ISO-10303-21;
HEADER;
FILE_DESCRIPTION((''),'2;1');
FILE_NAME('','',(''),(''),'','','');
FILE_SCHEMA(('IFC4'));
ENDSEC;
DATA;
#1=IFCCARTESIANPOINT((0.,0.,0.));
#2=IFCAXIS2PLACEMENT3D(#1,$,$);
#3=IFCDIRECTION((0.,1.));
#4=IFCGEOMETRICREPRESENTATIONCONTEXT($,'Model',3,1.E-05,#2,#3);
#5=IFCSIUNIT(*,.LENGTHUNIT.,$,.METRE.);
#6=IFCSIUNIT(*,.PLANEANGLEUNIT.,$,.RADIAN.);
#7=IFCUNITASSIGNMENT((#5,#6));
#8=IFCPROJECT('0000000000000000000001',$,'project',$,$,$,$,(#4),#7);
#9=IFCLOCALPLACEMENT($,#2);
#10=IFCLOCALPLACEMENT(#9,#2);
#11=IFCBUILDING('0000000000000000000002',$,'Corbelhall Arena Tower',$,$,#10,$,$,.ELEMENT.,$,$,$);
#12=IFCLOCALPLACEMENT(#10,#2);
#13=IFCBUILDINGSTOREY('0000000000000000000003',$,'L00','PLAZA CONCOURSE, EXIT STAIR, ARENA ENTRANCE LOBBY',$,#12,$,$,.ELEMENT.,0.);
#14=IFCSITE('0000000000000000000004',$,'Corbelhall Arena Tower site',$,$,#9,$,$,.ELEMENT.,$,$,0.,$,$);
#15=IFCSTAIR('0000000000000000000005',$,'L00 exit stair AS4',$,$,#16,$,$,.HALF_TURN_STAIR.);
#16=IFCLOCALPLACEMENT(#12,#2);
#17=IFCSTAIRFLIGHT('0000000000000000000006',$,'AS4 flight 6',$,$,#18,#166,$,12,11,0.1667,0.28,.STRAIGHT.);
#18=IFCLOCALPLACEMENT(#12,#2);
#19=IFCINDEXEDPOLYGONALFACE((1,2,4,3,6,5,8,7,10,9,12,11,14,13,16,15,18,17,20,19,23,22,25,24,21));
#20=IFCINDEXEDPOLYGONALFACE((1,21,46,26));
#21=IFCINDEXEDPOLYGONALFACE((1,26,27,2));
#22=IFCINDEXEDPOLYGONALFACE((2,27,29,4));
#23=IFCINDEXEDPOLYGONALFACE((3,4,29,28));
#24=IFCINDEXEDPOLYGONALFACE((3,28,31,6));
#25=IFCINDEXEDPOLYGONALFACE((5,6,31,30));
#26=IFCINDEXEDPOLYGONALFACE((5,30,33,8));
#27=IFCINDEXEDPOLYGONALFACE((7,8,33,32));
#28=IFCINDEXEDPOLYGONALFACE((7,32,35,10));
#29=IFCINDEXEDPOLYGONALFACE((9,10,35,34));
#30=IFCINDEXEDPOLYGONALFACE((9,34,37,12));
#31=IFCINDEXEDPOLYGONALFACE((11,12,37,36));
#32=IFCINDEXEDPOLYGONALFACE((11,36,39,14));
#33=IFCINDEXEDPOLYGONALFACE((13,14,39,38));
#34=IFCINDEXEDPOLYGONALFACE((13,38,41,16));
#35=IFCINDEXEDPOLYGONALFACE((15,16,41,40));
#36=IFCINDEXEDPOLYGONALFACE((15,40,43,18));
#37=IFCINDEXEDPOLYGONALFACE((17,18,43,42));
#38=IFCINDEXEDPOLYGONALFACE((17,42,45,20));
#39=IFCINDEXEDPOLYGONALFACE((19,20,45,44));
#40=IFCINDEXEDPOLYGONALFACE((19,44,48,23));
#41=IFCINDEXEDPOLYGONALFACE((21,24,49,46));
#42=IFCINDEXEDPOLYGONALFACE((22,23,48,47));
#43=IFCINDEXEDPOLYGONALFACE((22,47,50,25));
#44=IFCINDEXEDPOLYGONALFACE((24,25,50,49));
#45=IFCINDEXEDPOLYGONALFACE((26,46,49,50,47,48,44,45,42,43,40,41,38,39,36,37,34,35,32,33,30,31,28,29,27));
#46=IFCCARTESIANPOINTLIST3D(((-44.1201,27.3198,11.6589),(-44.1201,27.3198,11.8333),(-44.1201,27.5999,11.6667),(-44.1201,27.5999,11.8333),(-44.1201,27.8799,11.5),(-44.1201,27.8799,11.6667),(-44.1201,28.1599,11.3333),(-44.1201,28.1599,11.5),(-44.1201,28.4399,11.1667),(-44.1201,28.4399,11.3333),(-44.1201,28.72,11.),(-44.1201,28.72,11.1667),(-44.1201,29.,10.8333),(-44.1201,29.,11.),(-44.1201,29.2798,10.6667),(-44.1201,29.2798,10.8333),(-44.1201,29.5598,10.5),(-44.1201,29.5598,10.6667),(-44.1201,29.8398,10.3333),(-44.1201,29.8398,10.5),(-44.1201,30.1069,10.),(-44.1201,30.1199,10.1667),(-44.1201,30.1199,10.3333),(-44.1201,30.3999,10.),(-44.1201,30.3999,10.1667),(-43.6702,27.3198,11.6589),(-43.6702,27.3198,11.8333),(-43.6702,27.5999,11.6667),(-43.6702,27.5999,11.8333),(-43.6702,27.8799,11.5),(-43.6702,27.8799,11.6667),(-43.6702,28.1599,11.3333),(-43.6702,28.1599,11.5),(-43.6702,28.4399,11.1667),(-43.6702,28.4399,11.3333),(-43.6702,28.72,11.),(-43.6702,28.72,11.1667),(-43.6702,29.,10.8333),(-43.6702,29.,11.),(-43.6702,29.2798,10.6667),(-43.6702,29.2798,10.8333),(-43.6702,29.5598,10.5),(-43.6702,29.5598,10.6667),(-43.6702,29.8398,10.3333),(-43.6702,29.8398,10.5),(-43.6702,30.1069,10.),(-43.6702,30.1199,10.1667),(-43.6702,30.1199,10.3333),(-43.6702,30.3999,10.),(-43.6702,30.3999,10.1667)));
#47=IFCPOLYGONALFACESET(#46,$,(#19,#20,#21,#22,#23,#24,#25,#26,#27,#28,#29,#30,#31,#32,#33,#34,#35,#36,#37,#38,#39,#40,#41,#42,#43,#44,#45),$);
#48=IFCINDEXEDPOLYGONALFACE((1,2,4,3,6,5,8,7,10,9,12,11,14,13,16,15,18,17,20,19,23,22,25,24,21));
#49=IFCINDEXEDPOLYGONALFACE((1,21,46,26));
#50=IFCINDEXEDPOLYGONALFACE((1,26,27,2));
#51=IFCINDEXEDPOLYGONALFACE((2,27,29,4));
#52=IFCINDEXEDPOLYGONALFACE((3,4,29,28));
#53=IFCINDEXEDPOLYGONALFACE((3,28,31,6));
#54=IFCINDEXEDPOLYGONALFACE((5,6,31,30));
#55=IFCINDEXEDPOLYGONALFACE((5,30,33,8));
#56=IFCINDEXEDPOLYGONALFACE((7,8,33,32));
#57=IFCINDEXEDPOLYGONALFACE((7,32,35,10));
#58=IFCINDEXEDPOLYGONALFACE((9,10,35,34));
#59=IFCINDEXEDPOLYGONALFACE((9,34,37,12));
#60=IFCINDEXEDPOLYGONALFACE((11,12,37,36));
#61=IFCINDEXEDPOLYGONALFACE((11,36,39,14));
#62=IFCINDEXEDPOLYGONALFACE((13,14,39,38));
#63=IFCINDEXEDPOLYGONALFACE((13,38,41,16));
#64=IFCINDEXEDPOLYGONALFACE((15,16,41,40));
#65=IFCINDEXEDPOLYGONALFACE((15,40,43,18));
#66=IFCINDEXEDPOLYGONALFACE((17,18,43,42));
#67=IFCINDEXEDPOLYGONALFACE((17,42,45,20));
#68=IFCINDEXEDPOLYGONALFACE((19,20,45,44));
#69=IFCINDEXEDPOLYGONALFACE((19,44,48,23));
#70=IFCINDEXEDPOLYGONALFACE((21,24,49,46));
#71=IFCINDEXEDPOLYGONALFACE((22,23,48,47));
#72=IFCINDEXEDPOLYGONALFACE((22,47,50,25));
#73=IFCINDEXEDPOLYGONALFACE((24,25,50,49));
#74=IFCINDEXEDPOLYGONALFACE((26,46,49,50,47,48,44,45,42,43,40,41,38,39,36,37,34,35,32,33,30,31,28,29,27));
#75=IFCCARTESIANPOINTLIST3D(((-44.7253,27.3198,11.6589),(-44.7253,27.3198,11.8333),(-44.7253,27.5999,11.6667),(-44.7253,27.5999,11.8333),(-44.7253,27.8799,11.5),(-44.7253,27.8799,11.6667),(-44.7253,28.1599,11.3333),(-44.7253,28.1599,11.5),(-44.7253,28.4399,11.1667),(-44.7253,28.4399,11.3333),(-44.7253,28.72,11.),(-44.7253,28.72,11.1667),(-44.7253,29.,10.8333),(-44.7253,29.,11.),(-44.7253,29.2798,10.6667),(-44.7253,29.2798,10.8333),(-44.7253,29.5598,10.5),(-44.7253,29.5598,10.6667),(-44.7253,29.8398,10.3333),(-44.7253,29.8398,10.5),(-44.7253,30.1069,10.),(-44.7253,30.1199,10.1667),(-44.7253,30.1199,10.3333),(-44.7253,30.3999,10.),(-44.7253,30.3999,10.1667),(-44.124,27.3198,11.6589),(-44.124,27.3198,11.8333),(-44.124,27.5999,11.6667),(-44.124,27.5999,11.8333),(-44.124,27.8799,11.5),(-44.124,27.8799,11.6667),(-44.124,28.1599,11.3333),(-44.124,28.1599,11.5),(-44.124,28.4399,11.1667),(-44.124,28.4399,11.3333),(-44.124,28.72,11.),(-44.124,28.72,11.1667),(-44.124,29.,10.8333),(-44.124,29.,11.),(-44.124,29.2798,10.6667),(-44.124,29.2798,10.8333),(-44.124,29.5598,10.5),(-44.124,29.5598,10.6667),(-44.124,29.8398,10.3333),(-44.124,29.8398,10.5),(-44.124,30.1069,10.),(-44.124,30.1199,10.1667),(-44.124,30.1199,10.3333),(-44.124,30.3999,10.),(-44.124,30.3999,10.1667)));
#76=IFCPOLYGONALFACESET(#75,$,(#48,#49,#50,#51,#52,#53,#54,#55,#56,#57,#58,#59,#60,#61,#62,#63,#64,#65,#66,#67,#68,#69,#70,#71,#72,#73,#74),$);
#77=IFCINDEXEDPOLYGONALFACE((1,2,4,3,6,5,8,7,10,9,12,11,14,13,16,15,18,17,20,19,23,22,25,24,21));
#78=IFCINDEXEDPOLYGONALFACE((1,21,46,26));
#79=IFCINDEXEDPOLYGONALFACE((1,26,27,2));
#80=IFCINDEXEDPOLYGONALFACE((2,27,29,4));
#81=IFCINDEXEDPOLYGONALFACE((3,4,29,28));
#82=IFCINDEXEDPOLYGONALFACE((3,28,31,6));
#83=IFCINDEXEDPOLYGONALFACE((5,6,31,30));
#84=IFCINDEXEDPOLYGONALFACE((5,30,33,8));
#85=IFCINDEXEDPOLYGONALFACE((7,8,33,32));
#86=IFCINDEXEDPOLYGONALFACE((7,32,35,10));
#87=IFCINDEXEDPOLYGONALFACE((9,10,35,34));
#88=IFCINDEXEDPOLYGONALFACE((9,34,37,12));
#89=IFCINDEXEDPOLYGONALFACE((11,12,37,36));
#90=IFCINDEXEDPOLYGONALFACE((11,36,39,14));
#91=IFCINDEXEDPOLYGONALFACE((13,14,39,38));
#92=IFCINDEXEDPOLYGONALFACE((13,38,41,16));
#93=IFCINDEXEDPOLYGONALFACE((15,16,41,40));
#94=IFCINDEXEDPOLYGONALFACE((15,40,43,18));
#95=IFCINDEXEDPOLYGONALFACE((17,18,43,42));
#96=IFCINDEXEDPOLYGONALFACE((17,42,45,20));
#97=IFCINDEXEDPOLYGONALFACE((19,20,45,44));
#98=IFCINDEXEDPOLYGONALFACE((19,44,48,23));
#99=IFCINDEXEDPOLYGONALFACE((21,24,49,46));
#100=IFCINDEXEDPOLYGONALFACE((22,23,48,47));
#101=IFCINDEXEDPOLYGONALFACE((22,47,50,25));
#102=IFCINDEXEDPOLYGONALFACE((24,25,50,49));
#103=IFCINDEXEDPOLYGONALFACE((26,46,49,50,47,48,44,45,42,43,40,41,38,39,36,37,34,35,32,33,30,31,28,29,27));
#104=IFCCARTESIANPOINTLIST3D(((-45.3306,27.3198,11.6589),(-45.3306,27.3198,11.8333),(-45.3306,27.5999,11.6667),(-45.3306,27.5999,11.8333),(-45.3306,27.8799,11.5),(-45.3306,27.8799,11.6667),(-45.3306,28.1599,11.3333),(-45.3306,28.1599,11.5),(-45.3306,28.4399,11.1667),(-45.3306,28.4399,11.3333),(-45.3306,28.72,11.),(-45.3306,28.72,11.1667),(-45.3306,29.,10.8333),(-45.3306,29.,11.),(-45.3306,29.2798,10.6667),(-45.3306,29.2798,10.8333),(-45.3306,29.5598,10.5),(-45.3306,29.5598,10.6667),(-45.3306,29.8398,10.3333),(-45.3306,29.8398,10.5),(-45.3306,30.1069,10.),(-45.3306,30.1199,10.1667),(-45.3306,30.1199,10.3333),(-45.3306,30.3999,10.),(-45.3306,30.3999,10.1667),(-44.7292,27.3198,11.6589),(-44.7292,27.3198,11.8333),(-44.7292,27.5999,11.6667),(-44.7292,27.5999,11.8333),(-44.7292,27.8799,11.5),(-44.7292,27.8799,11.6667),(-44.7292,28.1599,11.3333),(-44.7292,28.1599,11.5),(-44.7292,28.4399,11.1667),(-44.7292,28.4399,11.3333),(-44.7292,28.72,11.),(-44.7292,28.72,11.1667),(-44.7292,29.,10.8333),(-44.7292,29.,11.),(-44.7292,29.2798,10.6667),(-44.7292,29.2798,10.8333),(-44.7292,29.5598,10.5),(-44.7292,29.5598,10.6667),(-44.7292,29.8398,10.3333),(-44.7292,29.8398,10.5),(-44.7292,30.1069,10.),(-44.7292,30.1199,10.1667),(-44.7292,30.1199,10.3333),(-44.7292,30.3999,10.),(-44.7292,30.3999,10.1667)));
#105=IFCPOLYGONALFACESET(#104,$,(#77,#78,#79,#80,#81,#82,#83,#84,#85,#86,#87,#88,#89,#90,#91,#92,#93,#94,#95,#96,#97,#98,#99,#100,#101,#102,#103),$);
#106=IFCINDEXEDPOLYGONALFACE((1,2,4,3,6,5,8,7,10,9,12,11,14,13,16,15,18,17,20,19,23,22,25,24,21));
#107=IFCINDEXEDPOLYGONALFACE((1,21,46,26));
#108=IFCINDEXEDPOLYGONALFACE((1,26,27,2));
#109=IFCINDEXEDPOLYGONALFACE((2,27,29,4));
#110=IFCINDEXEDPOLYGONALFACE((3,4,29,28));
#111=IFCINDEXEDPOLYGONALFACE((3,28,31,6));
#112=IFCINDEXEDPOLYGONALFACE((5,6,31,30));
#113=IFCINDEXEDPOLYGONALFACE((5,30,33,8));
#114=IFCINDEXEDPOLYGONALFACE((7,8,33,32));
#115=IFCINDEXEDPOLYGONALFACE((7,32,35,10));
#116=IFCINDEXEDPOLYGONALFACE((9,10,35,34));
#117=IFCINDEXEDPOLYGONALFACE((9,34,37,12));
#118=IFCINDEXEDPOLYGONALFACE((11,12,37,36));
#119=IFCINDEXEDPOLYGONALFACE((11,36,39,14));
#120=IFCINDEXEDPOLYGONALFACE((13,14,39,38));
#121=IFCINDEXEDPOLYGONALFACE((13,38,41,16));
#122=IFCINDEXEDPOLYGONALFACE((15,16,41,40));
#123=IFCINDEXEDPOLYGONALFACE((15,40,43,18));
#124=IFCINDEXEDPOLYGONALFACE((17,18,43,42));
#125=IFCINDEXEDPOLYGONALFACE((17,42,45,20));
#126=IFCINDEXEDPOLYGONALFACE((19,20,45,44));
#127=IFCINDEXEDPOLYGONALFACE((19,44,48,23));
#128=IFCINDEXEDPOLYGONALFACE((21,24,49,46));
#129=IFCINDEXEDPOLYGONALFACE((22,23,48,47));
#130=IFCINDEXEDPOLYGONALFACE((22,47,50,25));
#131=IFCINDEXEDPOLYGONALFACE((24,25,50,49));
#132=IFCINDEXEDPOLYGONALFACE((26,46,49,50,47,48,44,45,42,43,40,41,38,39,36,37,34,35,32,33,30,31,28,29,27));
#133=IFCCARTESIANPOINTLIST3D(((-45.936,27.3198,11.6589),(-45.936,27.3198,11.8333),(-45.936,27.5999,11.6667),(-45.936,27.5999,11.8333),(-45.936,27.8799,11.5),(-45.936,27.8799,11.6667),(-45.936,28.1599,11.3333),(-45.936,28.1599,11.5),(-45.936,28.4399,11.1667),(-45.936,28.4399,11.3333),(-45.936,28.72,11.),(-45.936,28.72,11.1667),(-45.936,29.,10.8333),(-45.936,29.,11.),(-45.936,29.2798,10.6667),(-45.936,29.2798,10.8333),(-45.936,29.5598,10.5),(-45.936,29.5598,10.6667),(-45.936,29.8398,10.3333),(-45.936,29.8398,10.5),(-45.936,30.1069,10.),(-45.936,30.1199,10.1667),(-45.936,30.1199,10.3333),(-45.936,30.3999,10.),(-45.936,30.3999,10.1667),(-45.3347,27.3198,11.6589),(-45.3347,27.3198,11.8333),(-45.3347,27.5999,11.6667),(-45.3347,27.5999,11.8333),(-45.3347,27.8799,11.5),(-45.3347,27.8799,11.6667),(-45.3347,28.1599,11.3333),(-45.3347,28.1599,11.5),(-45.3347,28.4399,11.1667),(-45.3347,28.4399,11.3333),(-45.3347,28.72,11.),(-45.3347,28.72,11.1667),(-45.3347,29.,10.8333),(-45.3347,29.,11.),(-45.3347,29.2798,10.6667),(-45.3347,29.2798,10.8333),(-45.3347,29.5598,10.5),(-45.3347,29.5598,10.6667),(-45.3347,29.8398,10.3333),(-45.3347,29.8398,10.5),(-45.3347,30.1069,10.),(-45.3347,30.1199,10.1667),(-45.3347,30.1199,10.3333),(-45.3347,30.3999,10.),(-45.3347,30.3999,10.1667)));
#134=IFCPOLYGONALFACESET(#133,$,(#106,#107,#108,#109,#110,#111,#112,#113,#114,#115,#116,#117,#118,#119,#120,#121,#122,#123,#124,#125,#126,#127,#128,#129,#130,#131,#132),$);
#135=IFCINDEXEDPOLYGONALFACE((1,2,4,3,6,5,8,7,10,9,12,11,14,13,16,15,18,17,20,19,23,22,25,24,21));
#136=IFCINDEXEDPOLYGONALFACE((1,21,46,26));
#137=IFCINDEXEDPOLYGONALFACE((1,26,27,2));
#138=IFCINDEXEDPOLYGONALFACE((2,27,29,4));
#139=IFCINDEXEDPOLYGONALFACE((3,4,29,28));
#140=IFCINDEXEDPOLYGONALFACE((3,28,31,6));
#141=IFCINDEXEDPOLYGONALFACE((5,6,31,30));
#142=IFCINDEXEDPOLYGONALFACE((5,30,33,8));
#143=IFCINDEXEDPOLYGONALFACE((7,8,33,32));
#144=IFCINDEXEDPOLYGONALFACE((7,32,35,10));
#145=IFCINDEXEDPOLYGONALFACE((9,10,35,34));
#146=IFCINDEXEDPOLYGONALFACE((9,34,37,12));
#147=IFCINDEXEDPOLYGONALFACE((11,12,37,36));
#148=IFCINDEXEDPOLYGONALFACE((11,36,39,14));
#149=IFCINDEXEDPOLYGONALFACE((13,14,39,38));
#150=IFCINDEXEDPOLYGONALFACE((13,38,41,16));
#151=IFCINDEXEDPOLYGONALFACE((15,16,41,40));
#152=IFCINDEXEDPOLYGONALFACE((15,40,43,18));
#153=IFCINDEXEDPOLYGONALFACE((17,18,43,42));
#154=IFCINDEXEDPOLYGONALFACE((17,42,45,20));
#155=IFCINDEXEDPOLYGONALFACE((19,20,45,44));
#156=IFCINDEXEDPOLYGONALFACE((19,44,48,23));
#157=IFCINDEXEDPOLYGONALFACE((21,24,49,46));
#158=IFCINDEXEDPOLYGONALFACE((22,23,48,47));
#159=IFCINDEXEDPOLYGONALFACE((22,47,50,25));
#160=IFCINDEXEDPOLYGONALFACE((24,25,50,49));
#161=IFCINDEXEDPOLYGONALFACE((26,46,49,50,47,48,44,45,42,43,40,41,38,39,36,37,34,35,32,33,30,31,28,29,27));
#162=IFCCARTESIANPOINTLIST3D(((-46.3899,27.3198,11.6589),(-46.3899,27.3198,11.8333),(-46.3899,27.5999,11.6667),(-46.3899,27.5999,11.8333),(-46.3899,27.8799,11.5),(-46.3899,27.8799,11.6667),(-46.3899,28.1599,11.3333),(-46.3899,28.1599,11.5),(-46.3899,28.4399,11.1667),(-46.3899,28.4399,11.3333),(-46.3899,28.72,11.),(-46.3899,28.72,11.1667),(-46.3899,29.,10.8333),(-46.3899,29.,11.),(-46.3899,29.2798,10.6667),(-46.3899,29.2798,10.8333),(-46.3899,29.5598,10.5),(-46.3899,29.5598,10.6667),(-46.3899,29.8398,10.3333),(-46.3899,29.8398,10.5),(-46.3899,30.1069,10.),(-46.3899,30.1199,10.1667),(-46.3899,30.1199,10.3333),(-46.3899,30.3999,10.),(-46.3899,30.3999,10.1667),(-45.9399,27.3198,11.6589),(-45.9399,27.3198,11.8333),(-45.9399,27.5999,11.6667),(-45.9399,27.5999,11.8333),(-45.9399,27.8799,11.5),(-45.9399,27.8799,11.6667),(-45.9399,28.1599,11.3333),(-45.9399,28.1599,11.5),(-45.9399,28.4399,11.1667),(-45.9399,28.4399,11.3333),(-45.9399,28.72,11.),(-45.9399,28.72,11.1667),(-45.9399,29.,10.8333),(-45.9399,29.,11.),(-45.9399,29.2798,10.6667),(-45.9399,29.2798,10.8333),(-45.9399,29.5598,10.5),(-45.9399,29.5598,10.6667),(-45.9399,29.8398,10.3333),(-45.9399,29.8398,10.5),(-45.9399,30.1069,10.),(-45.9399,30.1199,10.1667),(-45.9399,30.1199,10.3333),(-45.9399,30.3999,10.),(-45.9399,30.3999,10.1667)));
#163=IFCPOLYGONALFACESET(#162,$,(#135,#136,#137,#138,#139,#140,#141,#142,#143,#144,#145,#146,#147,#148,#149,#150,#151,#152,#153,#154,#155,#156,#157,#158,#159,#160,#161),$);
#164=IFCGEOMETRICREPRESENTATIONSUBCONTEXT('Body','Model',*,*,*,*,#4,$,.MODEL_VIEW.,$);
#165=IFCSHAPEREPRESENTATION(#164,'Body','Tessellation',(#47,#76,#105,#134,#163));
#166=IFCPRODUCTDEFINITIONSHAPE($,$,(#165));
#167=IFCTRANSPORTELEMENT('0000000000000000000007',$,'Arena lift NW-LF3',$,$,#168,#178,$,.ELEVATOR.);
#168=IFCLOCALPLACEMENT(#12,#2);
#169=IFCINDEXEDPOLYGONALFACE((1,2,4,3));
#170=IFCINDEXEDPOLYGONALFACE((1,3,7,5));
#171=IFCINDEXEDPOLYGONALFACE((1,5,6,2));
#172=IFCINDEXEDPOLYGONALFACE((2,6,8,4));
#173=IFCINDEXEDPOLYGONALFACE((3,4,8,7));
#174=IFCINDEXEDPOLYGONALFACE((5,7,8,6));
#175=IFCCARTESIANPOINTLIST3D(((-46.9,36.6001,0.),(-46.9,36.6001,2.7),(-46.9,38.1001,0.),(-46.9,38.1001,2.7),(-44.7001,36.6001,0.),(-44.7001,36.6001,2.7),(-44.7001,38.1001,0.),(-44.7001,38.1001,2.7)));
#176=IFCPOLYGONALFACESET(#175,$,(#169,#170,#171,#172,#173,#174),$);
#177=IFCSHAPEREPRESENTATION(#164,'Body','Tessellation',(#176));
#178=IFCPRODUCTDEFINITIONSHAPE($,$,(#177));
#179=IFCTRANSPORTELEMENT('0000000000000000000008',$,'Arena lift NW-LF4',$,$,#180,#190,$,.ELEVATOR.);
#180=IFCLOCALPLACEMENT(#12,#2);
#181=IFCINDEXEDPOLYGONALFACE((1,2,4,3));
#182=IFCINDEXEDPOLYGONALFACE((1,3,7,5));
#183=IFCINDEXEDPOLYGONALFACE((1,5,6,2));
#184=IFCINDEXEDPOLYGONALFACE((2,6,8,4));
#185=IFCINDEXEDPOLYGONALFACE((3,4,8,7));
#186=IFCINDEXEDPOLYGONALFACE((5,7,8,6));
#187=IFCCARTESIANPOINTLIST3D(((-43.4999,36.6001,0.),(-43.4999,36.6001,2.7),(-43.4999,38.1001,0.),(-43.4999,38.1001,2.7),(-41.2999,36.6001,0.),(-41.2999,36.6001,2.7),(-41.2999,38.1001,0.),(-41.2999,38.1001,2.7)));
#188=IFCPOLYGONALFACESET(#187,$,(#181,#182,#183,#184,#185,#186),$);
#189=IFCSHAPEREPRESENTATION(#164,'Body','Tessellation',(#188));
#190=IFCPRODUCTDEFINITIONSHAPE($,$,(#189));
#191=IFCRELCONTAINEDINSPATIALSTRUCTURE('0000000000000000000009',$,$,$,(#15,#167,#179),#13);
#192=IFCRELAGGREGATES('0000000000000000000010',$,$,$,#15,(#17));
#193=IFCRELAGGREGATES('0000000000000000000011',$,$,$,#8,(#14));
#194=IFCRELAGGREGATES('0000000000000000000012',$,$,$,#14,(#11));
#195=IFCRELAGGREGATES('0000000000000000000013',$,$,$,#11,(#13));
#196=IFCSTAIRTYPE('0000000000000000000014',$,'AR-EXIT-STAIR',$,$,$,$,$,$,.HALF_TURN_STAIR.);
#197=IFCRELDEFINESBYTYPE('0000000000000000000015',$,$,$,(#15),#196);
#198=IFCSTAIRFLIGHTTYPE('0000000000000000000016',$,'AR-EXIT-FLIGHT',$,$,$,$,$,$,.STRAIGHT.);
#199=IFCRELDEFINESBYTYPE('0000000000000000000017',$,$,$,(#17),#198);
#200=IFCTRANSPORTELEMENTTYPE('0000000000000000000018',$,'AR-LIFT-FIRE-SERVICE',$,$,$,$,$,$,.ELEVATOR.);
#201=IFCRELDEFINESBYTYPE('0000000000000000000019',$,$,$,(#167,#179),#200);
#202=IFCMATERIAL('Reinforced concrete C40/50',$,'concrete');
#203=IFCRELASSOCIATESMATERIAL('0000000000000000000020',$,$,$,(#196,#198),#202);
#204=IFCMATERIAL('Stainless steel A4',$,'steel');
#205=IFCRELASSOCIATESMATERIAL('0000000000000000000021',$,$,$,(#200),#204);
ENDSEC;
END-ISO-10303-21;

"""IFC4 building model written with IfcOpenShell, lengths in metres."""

from ifc_helpers import new_model, si_unit, direction, frame, origin, origin_2d, place, context, subcontext, project, spatial, polyline, rectangle, outline, extrude, material, type_object, element, aggregate, save


model = new_model("IFC4")

# Units and contexts
model_context = context("Model", 3, precision=1e-05, world=origin(), true_north=direction((0.0, 1.0)))
body_context = subcontext(model_context, "Body", "Model", "MODEL_VIEW")
ifc_project = project(units=[si_unit("LENGTHUNIT", "METRE"), si_unit("PLANEANGLEUNIT", "RADIAN")], contexts=[model_context])

# Site, building, storey
site_placement = place(None, origin())
site = spatial("IfcSite", under=ifc_project, at=site_placement, Name="Corbelhall Arena Tower site", CompositionType="ELEMENT", RefElevation=0.0)
building_placement = place(site_placement, origin())
building = spatial("IfcBuilding", under=site, at=building_placement, Name="Corbelhall Arena Tower", CompositionType="ELEMENT")
storey_placement = place(building_placement, origin())
storey = spatial("IfcBuildingStorey", under=building, at=storey_placement, Name="L00", Description="PLAZA CONCOURSE, EXIT STAIR, ARENA ENTRANCE LOBBY", CompositionType="ELEMENT", Elevation=0.0)

# Shared definitions
ifc_material_1 = material(Name="Reinforced concrete C40/50", Category="concrete")
ifc_material_2 = material(Name="Stainless steel A4", Category="steel")

# Stair, stair flight
stair_type = type_object("IfcStairType", Name="AR-EXIT-STAIR", PredefinedType="HALF_TURN_STAIR", material=ifc_material_1)
stair_flight_type = type_object("IfcStairFlightType", Name="AR-EXIT-FLIGHT", PredefinedType="STRAIGHT", material=ifc_material_1)
stair_1_placement = place(storey_placement, origin())
stair_1 = element("IfcStair", 1, at=stair_1_placement, inside=storey, type_object=stair_type, Name="L00 exit stair AS4", PredefinedType="HALF_TURN_STAIR")
stair_flight_1_placement = place(storey_placement, frame((-45.03, 30.3999, 10.0), z_axis=(0.0, 0.0, 1.0), x_axis=(0.0, -1.0, 0.0)))
stair_flight_1 = element("IfcStairFlight", 2, at=stair_flight_1_placement, type_object=stair_flight_type, Name="AS4 flight 6", NumberOfRisers=12, NumberOfTreads=11, PredefinedType="STRAIGHT", RiserHeight=0.1667, TreadLength=0.28, context=body_context, shape_type="SweptSolid", body=[
    extrude(outline(polyline([(0.0, 0.0), (0.0, 0.1667), (0.28, 0.1667), (0.28, 0.3333), (0.5601, 0.3333), (0.5601, 0.5), (0.8401, 0.5), (0.8401, 0.6667), (1.1201, 0.6667), (1.1201, 0.8333), (1.3999, 0.8333), (1.3999, 1.0), (1.6799, 1.0), (1.6799, 1.1667), (1.96, 1.1667), (1.96, 1.3333), (2.24, 1.3333), (2.24, 1.5), (2.52, 1.5), (2.52, 1.6667), (2.8, 1.6667), (2.8, 1.8333), (3.0801, 1.8333), (3.0801, 2.0), (3.0801, 1.6589), (0.293, 0.0), (0.0, 0.0)])), frame((0.0, 1.3599, 0.0), z_axis=(0.0, -1.0, 0.0), x_axis=(1.0, 0.0, 0.0)), (0.0, 0.0, 1.0), 0.45),
    extrude(outline(polyline([(0.0, 0.0), (0.0, 0.1667), (0.28, 0.1667), (0.28, 0.3333), (0.5601, 0.3333), (0.5601, 0.5), (0.8401, 0.5), (0.8401, 0.6667), (1.1201, 0.6667), (1.1201, 0.8333), (1.3999, 0.8333), (1.3999, 1.0), (1.6799, 1.0), (1.6799, 1.1667), (1.96, 1.1667), (1.96, 1.3333), (2.24, 1.3333), (2.24, 1.5), (2.52, 1.5), (2.52, 1.6667), (2.8, 1.6667), (2.8, 1.8333), (3.0801, 1.8333), (3.0801, 2.0), (3.0801, 1.6589), (0.293, 0.0), (0.0, 0.0)])), frame((0.0, 0.906, 0.0), z_axis=(0.0, -1.0, 0.0), x_axis=(1.0, 0.0, 0.0)), (0.0, 0.0, 1.0), 0.6013),
    extrude(outline(polyline([(0.0, 0.0), (0.0, 0.1667), (0.28, 0.1667), (0.28, 0.3333), (0.5601, 0.3333), (0.5601, 0.5), (0.8401, 0.5), (0.8401, 0.6667), (1.1201, 0.6667), (1.1201, 0.8333), (1.3999, 0.8333), (1.3999, 1.0), (1.6799, 1.0), (1.6799, 1.1667), (1.96, 1.1667), (1.96, 1.3333), (2.24, 1.3333), (2.24, 1.5), (2.52, 1.5), (2.52, 1.6667), (2.8, 1.6667), (2.8, 1.8333), (3.0801, 1.8333), (3.0801, 2.0), (3.0801, 1.6589), (0.293, 0.0), (0.0, 0.0)])), frame((0.0, 0.3008, 0.0), z_axis=(0.0, -1.0, 0.0), x_axis=(1.0, 0.0, 0.0)), (0.0, 0.0, 1.0), 0.6013),
    extrude(outline(polyline([(0.0, 0.0), (0.0, 0.1667), (0.28, 0.1667), (0.28, 0.3333), (0.5601, 0.3333), (0.5601, 0.5), (0.8401, 0.5), (0.8401, 0.6667), (1.1201, 0.6667), (1.1201, 0.8333), (1.3999, 0.8333), (1.3999, 1.0), (1.6799, 1.0), (1.6799, 1.1667), (1.96, 1.1667), (1.96, 1.3333), (2.24, 1.3333), (2.24, 1.5), (2.52, 1.5), (2.52, 1.6667), (2.8, 1.6667), (2.8, 1.8333), (3.0801, 1.8333), (3.0801, 2.0), (3.0801, 1.6589), (0.293, 0.0), (0.0, 0.0)])), frame((0.0, -0.3047, 0.0), z_axis=(0.0, -1.0, 0.0), x_axis=(1.0, 0.0, 0.0)), (0.0, 0.0, 1.0), 0.6013),
    extrude(outline(polyline([(0.0, 0.0), (0.0, 0.1667), (0.28, 0.1667), (0.28, 0.3333), (0.5601, 0.3333), (0.5601, 0.5), (0.8401, 0.5), (0.8401, 0.6667), (1.1201, 0.6667), (1.1201, 0.8333), (1.3999, 0.8333), (1.3999, 1.0), (1.6799, 1.0), (1.6799, 1.1667), (1.96, 1.1667), (1.96, 1.3333), (2.24, 1.3333), (2.24, 1.5), (2.52, 1.5), (2.52, 1.6667), (2.8, 1.6667), (2.8, 1.8333), (3.0801, 1.8333), (3.0801, 2.0), (3.0801, 1.6589), (0.293, 0.0), (0.0, 0.0)])), frame((0.0, -0.9099, 0.0), z_axis=(0.0, -1.0, 0.0), x_axis=(1.0, 0.0, 0.0)), (0.0, 0.0, 1.0), 0.45),
])
aggregate(stair_1, [stair_flight_1])

# Transport elements
transport_element_type_1 = type_object("IfcTransportElementType", Name="AR-LIFT-FIRE-SERVICE", PredefinedType="ELEVATOR", material=ifc_material_2)
for number, where, z_axis, x_axis, name in (
    (3, (-45.8, 37.3501, 0.0), (0.0, 0.0, 1.0), (1.0, 0.0, 0.0), "Arena lift NW-LF3"),
    (4, (-42.3999, 37.3501, 0.0), (0.0, 0.0, 1.0), (1.0, 0.0, 0.0), "Arena lift NW-LF4"),
):
    element("IfcTransportElement", number, at=place(storey_placement, frame(where, z_axis=z_axis, x_axis=x_axis)), inside=storey, type_object=transport_element_type_1, Name=name, PredefinedType="ELEVATOR", context=body_context, shape_type="SweptSolid", body=[
        extrude(rectangle(XDim=2.2, YDim=1.5, at=origin_2d()), origin(), (0.0, 0.0, 1.0), 2.7),
    ])

save(model, "model.ifc")
